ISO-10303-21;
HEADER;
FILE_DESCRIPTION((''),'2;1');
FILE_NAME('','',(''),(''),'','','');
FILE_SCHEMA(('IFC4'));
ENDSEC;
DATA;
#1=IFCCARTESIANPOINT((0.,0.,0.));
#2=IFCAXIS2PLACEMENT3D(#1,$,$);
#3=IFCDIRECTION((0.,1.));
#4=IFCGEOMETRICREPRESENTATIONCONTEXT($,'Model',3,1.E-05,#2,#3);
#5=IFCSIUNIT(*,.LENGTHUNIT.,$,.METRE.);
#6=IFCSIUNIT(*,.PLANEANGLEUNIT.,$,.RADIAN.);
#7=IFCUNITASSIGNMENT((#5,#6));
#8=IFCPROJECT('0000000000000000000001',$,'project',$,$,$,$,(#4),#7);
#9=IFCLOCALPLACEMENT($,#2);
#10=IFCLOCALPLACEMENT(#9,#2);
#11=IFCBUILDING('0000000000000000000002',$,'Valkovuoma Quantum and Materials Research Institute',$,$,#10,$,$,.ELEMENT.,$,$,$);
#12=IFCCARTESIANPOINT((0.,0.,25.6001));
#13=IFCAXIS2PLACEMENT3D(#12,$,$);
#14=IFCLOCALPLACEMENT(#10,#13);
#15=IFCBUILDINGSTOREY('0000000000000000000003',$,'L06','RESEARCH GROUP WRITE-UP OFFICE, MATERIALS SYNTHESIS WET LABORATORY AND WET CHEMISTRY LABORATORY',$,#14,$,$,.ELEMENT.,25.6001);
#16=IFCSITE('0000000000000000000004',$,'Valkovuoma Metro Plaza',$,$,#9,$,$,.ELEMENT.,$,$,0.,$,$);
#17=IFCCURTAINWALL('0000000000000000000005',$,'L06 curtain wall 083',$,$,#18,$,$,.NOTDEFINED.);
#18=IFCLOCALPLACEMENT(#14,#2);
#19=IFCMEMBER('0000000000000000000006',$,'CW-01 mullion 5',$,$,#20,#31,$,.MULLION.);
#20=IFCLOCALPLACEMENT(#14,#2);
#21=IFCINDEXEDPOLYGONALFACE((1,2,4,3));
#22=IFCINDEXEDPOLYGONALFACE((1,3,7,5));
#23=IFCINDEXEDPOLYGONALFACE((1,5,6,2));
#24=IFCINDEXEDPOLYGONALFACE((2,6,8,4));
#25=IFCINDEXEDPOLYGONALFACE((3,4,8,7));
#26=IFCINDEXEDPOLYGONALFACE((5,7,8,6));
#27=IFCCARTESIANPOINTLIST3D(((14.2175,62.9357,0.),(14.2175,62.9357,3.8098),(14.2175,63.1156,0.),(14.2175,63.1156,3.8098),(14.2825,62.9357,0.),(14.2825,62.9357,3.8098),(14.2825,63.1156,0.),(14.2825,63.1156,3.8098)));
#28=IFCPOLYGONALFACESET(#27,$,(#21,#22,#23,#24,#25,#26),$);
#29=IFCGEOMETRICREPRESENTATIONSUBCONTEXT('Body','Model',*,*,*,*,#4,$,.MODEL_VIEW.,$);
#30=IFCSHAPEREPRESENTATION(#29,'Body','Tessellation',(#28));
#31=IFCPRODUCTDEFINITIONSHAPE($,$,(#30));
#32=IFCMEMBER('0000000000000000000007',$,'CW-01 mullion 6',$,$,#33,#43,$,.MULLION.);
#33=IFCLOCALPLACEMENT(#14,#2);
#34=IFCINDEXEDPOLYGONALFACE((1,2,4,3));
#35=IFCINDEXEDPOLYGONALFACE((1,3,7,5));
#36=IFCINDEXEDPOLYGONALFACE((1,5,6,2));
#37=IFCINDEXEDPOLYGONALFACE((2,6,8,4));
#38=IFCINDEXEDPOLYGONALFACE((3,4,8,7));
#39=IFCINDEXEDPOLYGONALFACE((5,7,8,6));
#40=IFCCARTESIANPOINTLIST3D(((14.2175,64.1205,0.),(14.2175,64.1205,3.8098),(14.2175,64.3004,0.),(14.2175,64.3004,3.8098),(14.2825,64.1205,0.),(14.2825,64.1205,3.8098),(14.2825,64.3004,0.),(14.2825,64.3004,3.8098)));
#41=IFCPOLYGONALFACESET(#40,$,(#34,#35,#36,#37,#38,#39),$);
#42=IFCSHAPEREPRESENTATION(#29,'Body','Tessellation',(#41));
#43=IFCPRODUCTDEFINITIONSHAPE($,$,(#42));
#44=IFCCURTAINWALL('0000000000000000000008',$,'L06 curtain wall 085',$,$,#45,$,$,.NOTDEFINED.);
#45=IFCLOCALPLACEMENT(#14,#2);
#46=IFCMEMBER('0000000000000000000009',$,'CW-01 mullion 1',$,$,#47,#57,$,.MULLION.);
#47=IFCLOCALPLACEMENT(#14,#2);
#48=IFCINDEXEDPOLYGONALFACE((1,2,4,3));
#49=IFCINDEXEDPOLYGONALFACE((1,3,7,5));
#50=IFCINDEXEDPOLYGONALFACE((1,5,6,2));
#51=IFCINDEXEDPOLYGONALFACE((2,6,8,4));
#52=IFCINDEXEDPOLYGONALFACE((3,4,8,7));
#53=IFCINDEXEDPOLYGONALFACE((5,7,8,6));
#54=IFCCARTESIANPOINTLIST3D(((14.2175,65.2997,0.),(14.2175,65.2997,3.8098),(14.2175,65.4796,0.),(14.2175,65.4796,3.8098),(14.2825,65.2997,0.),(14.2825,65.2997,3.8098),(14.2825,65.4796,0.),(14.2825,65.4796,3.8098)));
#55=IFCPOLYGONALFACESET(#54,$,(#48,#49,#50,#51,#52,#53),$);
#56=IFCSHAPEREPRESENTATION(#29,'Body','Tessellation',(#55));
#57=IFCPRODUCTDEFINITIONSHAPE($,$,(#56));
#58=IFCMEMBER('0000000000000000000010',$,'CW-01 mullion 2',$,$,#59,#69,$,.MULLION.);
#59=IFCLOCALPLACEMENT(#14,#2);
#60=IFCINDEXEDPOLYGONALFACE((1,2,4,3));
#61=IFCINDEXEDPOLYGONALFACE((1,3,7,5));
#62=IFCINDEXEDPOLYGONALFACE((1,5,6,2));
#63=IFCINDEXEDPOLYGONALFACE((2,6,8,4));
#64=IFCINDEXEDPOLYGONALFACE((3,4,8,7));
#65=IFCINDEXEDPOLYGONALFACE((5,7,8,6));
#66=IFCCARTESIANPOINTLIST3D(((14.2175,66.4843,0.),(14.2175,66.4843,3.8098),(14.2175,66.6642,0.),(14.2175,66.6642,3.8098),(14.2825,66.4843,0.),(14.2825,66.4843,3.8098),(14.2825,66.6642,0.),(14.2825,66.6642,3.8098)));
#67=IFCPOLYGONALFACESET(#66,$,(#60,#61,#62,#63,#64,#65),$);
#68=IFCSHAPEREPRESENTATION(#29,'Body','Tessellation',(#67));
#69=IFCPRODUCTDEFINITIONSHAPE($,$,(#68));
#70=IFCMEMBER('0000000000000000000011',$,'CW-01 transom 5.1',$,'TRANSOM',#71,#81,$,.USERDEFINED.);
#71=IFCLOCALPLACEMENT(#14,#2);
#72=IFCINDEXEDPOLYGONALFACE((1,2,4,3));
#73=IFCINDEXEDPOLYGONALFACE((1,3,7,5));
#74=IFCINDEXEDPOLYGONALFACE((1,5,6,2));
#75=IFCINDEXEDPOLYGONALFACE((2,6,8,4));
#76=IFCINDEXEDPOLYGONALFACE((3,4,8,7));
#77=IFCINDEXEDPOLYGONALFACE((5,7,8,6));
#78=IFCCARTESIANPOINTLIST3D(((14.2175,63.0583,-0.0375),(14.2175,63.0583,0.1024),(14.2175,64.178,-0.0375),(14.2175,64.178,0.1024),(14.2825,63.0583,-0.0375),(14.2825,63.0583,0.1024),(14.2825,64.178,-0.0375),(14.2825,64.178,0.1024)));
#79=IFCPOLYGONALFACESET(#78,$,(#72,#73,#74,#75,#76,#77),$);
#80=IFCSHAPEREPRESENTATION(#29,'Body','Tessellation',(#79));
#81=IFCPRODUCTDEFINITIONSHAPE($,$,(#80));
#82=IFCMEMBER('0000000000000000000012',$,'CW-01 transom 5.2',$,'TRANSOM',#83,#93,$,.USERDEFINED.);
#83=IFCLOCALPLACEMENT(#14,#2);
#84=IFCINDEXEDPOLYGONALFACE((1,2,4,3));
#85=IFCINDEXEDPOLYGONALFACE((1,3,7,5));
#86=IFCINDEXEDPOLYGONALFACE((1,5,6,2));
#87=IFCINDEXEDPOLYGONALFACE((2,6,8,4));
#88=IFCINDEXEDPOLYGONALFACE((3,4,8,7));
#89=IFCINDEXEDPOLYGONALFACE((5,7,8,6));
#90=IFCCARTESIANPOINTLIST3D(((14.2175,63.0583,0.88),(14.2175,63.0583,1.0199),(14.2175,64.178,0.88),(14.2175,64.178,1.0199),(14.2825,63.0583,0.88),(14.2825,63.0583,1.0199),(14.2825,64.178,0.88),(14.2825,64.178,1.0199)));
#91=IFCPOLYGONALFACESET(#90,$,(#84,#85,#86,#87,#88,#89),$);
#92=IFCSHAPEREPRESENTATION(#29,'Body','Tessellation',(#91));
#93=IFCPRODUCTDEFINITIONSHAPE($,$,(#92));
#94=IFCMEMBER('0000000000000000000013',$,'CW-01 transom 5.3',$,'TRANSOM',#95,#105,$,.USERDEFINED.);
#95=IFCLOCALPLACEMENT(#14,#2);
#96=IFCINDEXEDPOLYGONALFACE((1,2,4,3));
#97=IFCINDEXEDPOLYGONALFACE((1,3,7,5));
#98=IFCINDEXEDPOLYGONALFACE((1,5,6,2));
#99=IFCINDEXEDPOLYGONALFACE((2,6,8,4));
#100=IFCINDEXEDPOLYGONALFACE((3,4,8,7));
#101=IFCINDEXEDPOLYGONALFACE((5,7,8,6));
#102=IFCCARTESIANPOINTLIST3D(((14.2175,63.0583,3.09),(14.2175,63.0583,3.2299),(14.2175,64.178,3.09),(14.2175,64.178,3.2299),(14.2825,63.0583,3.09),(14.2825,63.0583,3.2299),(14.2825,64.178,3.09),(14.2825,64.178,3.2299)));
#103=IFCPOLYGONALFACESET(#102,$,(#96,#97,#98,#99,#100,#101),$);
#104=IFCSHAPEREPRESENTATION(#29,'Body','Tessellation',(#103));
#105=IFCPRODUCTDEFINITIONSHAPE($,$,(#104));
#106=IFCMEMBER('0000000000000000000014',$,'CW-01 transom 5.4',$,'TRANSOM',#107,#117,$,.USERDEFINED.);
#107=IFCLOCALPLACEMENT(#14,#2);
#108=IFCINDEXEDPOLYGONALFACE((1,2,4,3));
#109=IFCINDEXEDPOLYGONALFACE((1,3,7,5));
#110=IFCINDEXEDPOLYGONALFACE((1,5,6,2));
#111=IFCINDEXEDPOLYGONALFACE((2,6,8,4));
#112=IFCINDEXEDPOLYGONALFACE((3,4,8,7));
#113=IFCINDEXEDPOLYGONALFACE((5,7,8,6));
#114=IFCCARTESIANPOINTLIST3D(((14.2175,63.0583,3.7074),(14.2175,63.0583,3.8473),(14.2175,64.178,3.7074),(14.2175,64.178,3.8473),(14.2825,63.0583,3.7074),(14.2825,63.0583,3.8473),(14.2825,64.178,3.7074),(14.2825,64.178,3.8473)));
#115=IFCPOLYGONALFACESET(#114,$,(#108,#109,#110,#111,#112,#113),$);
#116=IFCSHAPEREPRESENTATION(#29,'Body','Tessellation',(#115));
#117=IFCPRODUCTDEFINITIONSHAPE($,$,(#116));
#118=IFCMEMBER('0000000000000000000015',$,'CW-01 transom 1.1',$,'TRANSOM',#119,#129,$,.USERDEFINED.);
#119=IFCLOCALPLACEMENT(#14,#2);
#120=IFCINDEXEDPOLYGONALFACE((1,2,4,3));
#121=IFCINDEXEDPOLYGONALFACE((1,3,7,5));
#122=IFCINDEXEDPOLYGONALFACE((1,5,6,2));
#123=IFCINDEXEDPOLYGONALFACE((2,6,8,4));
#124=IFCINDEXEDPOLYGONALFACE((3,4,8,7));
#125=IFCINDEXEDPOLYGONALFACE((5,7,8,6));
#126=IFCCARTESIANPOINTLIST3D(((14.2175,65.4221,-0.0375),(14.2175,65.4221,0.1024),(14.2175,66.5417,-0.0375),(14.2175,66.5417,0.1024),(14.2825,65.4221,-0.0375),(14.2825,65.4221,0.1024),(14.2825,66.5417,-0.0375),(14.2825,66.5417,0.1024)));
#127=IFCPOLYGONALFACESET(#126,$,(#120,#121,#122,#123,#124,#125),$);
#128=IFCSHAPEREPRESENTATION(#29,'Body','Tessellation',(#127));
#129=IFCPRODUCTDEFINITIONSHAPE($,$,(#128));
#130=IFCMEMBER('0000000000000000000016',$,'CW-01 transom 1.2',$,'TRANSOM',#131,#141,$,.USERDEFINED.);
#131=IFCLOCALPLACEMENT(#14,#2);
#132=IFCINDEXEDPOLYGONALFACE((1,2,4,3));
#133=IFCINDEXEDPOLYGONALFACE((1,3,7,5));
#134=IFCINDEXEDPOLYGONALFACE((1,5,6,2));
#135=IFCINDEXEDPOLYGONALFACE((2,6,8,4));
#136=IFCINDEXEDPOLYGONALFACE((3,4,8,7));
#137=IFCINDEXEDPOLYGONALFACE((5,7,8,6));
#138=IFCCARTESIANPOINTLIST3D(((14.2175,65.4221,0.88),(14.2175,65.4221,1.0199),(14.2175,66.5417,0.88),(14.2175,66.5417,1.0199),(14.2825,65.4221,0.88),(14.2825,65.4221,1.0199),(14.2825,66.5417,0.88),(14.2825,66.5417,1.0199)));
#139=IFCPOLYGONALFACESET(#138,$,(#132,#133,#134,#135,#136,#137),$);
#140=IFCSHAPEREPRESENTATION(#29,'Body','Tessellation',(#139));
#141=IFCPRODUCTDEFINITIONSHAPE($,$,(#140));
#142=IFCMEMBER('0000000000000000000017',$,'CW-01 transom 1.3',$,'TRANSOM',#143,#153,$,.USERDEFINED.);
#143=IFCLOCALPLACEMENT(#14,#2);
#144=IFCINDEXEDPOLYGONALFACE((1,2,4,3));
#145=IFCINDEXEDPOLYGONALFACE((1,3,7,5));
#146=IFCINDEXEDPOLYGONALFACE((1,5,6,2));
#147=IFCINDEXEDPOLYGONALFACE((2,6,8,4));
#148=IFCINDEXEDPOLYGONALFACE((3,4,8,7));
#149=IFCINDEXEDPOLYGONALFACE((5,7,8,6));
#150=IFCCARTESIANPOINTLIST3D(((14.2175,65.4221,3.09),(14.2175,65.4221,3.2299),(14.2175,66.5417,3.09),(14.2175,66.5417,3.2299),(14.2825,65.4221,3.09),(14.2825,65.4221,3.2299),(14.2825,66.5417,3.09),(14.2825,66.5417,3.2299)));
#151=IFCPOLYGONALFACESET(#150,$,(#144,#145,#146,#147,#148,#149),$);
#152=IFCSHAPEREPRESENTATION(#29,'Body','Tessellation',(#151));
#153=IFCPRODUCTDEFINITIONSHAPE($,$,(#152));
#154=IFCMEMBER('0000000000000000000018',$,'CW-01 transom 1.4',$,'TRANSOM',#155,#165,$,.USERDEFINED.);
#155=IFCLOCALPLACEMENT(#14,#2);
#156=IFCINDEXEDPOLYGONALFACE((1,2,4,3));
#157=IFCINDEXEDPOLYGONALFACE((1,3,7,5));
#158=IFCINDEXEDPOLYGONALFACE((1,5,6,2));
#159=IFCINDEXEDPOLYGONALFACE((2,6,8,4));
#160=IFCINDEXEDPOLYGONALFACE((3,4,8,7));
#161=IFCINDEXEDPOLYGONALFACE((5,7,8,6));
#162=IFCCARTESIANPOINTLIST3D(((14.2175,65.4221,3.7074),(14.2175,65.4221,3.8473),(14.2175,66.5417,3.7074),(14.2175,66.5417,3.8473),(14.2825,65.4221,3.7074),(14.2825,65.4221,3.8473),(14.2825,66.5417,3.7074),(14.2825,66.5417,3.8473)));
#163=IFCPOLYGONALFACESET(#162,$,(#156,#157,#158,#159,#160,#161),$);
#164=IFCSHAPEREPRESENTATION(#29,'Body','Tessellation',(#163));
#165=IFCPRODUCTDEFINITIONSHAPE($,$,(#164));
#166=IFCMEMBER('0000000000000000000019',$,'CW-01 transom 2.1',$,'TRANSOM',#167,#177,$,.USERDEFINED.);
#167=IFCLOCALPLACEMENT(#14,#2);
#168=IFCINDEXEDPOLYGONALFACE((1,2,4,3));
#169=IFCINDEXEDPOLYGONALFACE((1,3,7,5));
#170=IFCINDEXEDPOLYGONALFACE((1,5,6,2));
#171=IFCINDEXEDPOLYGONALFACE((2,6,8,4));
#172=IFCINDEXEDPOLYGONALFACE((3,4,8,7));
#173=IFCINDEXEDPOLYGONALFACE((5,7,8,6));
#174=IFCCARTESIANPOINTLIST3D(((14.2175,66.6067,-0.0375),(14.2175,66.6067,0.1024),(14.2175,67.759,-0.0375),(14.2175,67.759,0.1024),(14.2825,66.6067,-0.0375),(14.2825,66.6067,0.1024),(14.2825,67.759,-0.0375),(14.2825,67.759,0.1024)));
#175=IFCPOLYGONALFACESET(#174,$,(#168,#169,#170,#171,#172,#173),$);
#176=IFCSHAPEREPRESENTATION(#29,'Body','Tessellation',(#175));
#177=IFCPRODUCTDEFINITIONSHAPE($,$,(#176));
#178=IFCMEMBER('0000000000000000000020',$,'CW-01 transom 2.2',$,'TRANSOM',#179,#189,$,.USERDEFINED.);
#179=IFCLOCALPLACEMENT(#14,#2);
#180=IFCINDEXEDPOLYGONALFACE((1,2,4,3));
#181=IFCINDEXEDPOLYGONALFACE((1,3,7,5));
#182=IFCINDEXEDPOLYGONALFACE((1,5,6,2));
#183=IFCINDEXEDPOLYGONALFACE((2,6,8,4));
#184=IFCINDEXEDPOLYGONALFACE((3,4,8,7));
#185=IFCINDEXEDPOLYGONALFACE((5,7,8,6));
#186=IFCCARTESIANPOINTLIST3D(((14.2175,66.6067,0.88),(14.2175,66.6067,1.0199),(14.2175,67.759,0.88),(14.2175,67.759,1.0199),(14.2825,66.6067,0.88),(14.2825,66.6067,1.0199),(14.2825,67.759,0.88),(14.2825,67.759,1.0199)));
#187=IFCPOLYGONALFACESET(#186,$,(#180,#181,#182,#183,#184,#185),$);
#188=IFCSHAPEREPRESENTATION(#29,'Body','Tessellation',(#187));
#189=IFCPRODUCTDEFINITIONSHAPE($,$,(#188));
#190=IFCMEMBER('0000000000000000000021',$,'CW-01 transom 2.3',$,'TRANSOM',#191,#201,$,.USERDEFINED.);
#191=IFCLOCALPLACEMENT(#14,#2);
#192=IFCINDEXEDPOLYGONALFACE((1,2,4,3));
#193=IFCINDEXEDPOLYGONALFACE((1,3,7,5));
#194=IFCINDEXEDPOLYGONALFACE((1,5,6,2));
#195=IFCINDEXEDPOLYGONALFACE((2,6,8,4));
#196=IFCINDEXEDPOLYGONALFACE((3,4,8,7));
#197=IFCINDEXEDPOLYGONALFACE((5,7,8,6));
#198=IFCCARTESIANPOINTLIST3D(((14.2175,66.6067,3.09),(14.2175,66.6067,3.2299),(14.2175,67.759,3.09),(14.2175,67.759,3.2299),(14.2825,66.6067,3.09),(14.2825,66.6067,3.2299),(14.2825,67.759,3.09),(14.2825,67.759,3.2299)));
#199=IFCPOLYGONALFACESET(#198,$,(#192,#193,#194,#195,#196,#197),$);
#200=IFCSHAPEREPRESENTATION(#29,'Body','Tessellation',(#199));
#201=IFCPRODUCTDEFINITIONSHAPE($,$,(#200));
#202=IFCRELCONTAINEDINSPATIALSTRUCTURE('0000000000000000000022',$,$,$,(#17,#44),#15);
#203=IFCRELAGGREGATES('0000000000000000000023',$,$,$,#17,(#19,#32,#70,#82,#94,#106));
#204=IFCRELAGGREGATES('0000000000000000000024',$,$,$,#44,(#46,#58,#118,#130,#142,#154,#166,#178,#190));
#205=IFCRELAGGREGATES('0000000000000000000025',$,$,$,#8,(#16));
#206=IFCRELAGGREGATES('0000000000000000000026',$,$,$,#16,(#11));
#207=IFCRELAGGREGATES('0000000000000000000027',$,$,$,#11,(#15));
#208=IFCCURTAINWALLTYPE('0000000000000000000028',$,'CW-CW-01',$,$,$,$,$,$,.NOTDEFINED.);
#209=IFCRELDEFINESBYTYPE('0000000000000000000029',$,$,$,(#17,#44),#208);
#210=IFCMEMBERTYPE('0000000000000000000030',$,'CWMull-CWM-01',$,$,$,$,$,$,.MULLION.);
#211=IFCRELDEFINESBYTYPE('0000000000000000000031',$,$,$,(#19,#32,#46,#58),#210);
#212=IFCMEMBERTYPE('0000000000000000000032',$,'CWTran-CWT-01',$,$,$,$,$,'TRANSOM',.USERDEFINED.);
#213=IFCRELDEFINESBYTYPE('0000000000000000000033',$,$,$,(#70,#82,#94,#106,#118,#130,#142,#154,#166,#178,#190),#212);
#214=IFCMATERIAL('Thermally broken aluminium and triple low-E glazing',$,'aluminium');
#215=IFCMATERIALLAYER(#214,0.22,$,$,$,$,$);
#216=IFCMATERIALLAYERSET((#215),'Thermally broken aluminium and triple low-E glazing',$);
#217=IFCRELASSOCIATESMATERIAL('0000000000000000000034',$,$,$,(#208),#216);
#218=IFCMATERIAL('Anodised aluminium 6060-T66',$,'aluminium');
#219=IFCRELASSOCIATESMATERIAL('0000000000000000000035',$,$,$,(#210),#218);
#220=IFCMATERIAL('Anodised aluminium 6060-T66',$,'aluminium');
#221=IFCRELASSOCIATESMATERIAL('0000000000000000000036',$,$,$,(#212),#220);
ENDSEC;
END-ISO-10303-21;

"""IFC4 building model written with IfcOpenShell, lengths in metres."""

from ifc_helpers import new_model, si_unit, direction, frame, origin, origin_2d, place, context, subcontext, project, spatial, rectangle, extrude, material, layer, layer_set, material_profile, profile_set, type_object, element, aggregate, save


model = new_model("IFC4")

# Units and contexts
model_context = context("Model", 3, precision=1e-05, world=origin(), true_north=direction((0.0, 1.0)))
body_context = subcontext(model_context, "Body", "Model", "MODEL_VIEW")
ifc_project = project(units=[si_unit("LENGTHUNIT", "METRE"), si_unit("PLANEANGLEUNIT", "RADIAN")], contexts=[model_context])

# Site, building, storey
site_placement = place(None, origin())
site = spatial("IfcSite", under=ifc_project, at=site_placement, Name="Valkovuoma Metro Plaza", CompositionType="ELEMENT", RefElevation=0.0)
building_placement = place(site_placement, origin())
building = spatial("IfcBuilding", under=site, at=building_placement, Name="Valkovuoma Quantum and Materials Research Institute", CompositionType="ELEMENT")
storey_placement = place(building_placement, frame((0.0, 0.0, 25.6001)))
storey = spatial("IfcBuildingStorey", under=building, at=storey_placement, Name="L06", Description="RESEARCH GROUP WRITE-UP OFFICE, MATERIALS SYNTHESIS WET LABORATORY AND WET CHEMISTRY LABORATORY", CompositionType="ELEMENT", Elevation=25.6001)

# Curtain walls, members
ifc_material_1 = material(Name="Thermally broken aluminium and triple low-E glazing", Category="aluminium")
ifc_layer_1 = layer(ifc_material_1, 0.22)
ifc_layer_set_1 = layer_set([ifc_layer_1], Name="Thermally broken aluminium and triple low-E glazing")
curtain_wall_type = type_object("IfcCurtainWallType", Name="CW-CW-01", PredefinedType="NOTDEFINED", material=ifc_layer_set_1)
curtain_wall_1_placement = place(storey_placement, origin())
curtain_wall_1 = element("IfcCurtainWall", 1, at=curtain_wall_1_placement, inside=storey, type_object=curtain_wall_type, Name="L06 curtain wall 083", PredefinedType="NOTDEFINED")
ifc_material_2 = material(Name="Anodised aluminium 6060-T66", Category="aluminium")
ifc_material_profile_1 = material_profile(ifc_material_2, rectangle(XDim=0.0649, YDim=0.1799, at=origin_2d()), Name="Anodised aluminium 6060-T66")
ifc_profile_set_1 = profile_set([ifc_material_profile_1], Name="Anodised aluminium 6060-T66")
member_type_1 = type_object("IfcMemberType", Name="CWMull-CWM-01", PredefinedType="MULLION", material=ifc_profile_set_1)
member_1_placement = place(storey_placement, frame((14.25, 63.0256, 0.0), z_axis=(0.0, 0.0, 1.0), x_axis=(-1.0, 0.0, 0.0)))
member_1 = element("IfcMember", 2, at=member_1_placement, type_object=member_type_1, Name="CW-01 mullion 5", PredefinedType="MULLION", context=body_context, shape_type="SweptSolid", body=[
    extrude(rectangle(XDim=0.0649, YDim=0.1799, at=origin_2d()), origin(), (0.0, 0.0, 1.0), 3.8098),
])
member_2_placement = place(storey_placement, frame((14.25, 64.2104, 0.0), z_axis=(0.0, 0.0, 1.0), x_axis=(-1.0, 0.0, 0.0)))
member_2 = element("IfcMember", 3, at=member_2_placement, type_object=member_type_1, Name="CW-01 mullion 6", PredefinedType="MULLION", context=body_context, shape_type="SweptSolid", body=[
    extrude(rectangle(XDim=0.0649, YDim=0.1799, at=origin_2d()), origin(), (0.0, 0.0, 1.0), 3.8098),
])
curtain_wall_2_placement = place(storey_placement, origin())
curtain_wall_2 = element("IfcCurtainWall", 4, at=curtain_wall_2_placement, inside=storey, type_object=curtain_wall_type, Name="L06 curtain wall 085", PredefinedType="NOTDEFINED")
member_3_placement = place(storey_placement, frame((14.25, 65.3896, 0.0), z_axis=(0.0, 0.0, 1.0), x_axis=(-1.0, 0.0, 0.0)))
member_3 = element("IfcMember", 5, at=member_3_placement, type_object=member_type_1, Name="CW-01 mullion 1", PredefinedType="MULLION", context=body_context, shape_type="SweptSolid", body=[
    extrude(rectangle(XDim=0.0649, YDim=0.1799, at=origin_2d()), origin(), (0.0, 0.0, 1.0), 3.8098),
])
member_4_placement = place(storey_placement, frame((14.25, 66.5742, 0.0), z_axis=(0.0, 0.0, 1.0), x_axis=(-1.0, 0.0, 0.0)))
member_4 = element("IfcMember", 6, at=member_4_placement, type_object=member_type_1, Name="CW-01 mullion 2", PredefinedType="MULLION", context=body_context, shape_type="SweptSolid", body=[
    extrude(rectangle(XDim=0.0649, YDim=0.1799, at=origin_2d()), origin(), (0.0, 0.0, 1.0), 3.8098),
])

# Members
ifc_material_3 = material(Name="Anodised aluminium 6060-T66", Category="aluminium")
ifc_material_profile_2 = material_profile(ifc_material_3, rectangle(XDim=0.0649, YDim=0.1399, at=origin_2d()), Name="Anodised aluminium 6060-T66")
ifc_profile_set_2 = profile_set([ifc_material_profile_2], Name="Anodised aluminium 6060-T66")
member_type_2 = type_object("IfcMemberType", Name="CWTran-CWT-01", ElementType="TRANSOM", PredefinedType="USERDEFINED", material=ifc_profile_set_2)
member_5_placement = place(storey_placement, frame((14.25, 63.0583, 0.0325), z_axis=(0.0, 1.0, 0.0), x_axis=(-1.0, 0.0, 0.0)))
member_5 = element("IfcMember", 7, at=member_5_placement, type_object=member_type_2, Name="CW-01 transom 5.1", ObjectType="TRANSOM", PredefinedType="USERDEFINED", context=body_context, shape_type="SweptSolid", body=[
    extrude(rectangle(XDim=0.0649, YDim=0.1399, at=origin_2d()), origin(), (0.0, 0.0, 1.0), 1.1196),
])
member_6_placement = place(storey_placement, frame((14.25, 63.0583, 0.95), z_axis=(0.0, 1.0, 0.0), x_axis=(-1.0, 0.0, 0.0)))
member_6 = element("IfcMember", 8, at=member_6_placement, type_object=member_type_2, Name="CW-01 transom 5.2", ObjectType="TRANSOM", PredefinedType="USERDEFINED", context=body_context, shape_type="SweptSolid", body=[
    extrude(rectangle(XDim=0.0649, YDim=0.1399, at=origin_2d()), origin(), (0.0, 0.0, 1.0), 1.1196),
])
member_7_placement = place(storey_placement, frame((14.25, 63.0583, 3.1599), z_axis=(0.0, 1.0, 0.0), x_axis=(-1.0, 0.0, 0.0)))
member_7 = element("IfcMember", 9, at=member_7_placement, type_object=member_type_2, Name="CW-01 transom 5.3", ObjectType="TRANSOM", PredefinedType="USERDEFINED", context=body_context, shape_type="SweptSolid", body=[
    extrude(rectangle(XDim=0.0649, YDim=0.1399, at=origin_2d()), origin(), (0.0, 0.0, 1.0), 1.1196),
])
member_8_placement = place(storey_placement, frame((14.25, 63.0583, 3.7773), z_axis=(0.0, 1.0, 0.0), x_axis=(-1.0, 0.0, 0.0)))
member_8 = element("IfcMember", 10, at=member_8_placement, type_object=member_type_2, Name="CW-01 transom 5.4", ObjectType="TRANSOM", PredefinedType="USERDEFINED", context=body_context, shape_type="SweptSolid", body=[
    extrude(rectangle(XDim=0.0649, YDim=0.1399, at=origin_2d()), origin(), (0.0, 0.0, 1.0), 1.1196),
])
member_9_placement = place(storey_placement, frame((14.25, 65.4221, 0.0325), z_axis=(0.0, 1.0, 0.0), x_axis=(-1.0, 0.0, 0.0)))
member_9 = element("IfcMember", 11, at=member_9_placement, type_object=member_type_2, Name="CW-01 transom 1.1", ObjectType="TRANSOM", PredefinedType="USERDEFINED", context=body_context, shape_type="SweptSolid", body=[
    extrude(rectangle(XDim=0.0649, YDim=0.1399, at=origin_2d()), origin(), (0.0, 0.0, 1.0), 1.1196),
])
member_10_placement = place(storey_placement, frame((14.25, 65.4221, 0.95), z_axis=(0.0, 1.0, 0.0), x_axis=(-1.0, 0.0, 0.0)))
member_10 = element("IfcMember", 12, at=member_10_placement, type_object=member_type_2, Name="CW-01 transom 1.2", ObjectType="TRANSOM", PredefinedType="USERDEFINED", context=body_context, shape_type="SweptSolid", body=[
    extrude(rectangle(XDim=0.0649, YDim=0.1399, at=origin_2d()), origin(), (0.0, 0.0, 1.0), 1.1196),
])
member_11_placement = place(storey_placement, frame((14.25, 65.4221, 3.1599), z_axis=(0.0, 1.0, 0.0), x_axis=(-1.0, 0.0, 0.0)))
member_11 = element("IfcMember", 13, at=member_11_placement, type_object=member_type_2, Name="CW-01 transom 1.3", ObjectType="TRANSOM", PredefinedType="USERDEFINED", context=body_context, shape_type="SweptSolid", body=[
    extrude(rectangle(XDim=0.0649, YDim=0.1399, at=origin_2d()), origin(), (0.0, 0.0, 1.0), 1.1196),
])
member_12_placement = place(storey_placement, frame((14.25, 65.4221, 3.7773), z_axis=(0.0, 1.0, 0.0), x_axis=(-1.0, 0.0, 0.0)))
member_12 = element("IfcMember", 14, at=member_12_placement, type_object=member_type_2, Name="CW-01 transom 1.4", ObjectType="TRANSOM", PredefinedType="USERDEFINED", context=body_context, shape_type="SweptSolid", body=[
    extrude(rectangle(XDim=0.0649, YDim=0.1399, at=origin_2d()), origin(), (0.0, 0.0, 1.0), 1.1196),
])
member_13_placement = place(storey_placement, frame((14.25, 66.6067, 0.0325), z_axis=(0.0, 1.0, 0.0), x_axis=(-1.0, 0.0, 0.0)))
member_13 = element("IfcMember", 15, at=member_13_placement, type_object=member_type_2, Name="CW-01 transom 2.1", ObjectType="TRANSOM", PredefinedType="USERDEFINED", context=body_context, shape_type="SweptSolid", body=[
    extrude(rectangle(XDim=0.0649, YDim=0.1399, at=origin_2d()), origin(), (0.0, 0.0, 1.0), 1.1523),
])
member_14_placement = place(storey_placement, frame((14.25, 66.6067, 0.95), z_axis=(0.0, 1.0, 0.0), x_axis=(-1.0, 0.0, 0.0)))
member_14 = element("IfcMember", 16, at=member_14_placement, type_object=member_type_2, Name="CW-01 transom 2.2", ObjectType="TRANSOM", PredefinedType="USERDEFINED", context=body_context, shape_type="SweptSolid", body=[
    extrude(rectangle(XDim=0.0649, YDim=0.1399, at=origin_2d()), origin(), (0.0, 0.0, 1.0), 1.1523),
])
member_15_placement = place(storey_placement, frame((14.25, 66.6067, 3.1599), z_axis=(0.0, 1.0, 0.0), x_axis=(-1.0, 0.0, 0.0)))
member_15 = element("IfcMember", 17, at=member_15_placement, type_object=member_type_2, Name="CW-01 transom 2.3", ObjectType="TRANSOM", PredefinedType="USERDEFINED", context=body_context, shape_type="SweptSolid", body=[
    extrude(rectangle(XDim=0.0649, YDim=0.1399, at=origin_2d()), origin(), (0.0, 0.0, 1.0), 1.1523),
])

aggregate(curtain_wall_1, [member_1, member_2, member_5, member_6, member_7, member_8])
aggregate(curtain_wall_2, [member_3, member_4, member_9, member_10, member_11, member_12, member_13, member_14, member_15])

save(model, "model.ifc")
